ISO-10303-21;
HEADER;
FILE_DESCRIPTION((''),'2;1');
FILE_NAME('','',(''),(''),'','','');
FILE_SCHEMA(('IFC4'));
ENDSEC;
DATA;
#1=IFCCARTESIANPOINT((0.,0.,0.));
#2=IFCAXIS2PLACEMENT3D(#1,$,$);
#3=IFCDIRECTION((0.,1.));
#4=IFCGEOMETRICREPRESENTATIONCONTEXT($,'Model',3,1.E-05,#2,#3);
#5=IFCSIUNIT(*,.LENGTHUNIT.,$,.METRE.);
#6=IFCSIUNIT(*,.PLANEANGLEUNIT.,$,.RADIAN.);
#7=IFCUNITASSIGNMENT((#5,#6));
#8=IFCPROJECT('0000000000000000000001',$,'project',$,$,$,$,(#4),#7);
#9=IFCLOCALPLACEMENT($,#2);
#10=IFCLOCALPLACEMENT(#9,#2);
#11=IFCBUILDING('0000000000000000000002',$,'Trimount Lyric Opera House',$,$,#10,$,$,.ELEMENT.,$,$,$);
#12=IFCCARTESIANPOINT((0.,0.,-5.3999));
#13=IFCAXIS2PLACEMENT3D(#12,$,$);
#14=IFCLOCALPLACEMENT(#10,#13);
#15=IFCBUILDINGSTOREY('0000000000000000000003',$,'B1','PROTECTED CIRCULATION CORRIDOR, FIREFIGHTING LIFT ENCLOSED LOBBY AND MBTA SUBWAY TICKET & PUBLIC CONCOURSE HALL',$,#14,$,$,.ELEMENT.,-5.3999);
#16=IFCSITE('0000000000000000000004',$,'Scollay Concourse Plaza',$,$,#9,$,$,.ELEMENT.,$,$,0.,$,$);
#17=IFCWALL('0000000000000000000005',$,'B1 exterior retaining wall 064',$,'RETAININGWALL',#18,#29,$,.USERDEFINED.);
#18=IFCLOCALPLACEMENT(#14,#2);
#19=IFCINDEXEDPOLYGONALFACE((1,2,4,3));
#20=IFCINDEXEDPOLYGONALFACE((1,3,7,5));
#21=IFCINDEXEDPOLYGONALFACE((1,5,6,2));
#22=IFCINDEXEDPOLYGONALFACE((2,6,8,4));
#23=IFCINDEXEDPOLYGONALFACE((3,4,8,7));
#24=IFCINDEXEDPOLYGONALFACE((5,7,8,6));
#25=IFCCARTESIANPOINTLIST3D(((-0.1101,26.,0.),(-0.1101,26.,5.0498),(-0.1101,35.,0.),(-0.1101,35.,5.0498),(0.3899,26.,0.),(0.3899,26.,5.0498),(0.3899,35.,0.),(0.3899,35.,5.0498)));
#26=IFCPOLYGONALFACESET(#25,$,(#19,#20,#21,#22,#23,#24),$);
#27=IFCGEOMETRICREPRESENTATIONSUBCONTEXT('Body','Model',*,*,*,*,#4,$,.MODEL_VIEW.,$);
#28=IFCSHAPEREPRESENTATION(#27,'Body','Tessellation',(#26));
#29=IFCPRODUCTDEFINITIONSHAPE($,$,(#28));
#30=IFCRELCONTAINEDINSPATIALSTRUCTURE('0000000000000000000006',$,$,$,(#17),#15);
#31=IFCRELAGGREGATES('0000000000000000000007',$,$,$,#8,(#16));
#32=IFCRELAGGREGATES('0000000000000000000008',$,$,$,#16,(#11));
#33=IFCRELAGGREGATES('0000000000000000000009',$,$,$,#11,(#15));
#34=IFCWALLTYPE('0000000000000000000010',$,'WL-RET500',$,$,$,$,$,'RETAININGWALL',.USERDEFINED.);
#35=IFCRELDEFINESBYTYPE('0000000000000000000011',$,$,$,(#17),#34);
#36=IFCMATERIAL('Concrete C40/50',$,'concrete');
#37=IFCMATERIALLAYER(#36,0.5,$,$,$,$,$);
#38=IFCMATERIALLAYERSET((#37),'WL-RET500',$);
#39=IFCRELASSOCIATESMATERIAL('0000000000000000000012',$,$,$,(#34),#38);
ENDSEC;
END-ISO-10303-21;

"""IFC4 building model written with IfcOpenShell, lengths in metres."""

from ifc_helpers import new_model, si_unit, direction, frame, frame_2d, origin, place, context, subcontext, project, spatial, rectangle, extrude, material, layer, layer_set, type_object, element, save


model = new_model("IFC4")

# Units and contexts
model_context = context("Model", 3, precision=1e-05, world=origin(), true_north=direction((0.0, 1.0)))
body_context = subcontext(model_context, "Body", "Model", "MODEL_VIEW")
ifc_project = project(units=[si_unit("LENGTHUNIT", "METRE"), si_unit("PLANEANGLEUNIT", "RADIAN")], contexts=[model_context])

# Site, building, storey
site_placement = place(None, origin())
site = spatial("IfcSite", under=ifc_project, at=site_placement, Name="Scollay Concourse Plaza", CompositionType="ELEMENT", RefElevation=0.0)
building_placement = place(site_placement, origin())
building = spatial("IfcBuilding", under=site, at=building_placement, Name="Trimount Lyric Opera House", CompositionType="ELEMENT")
storey_placement = place(building_placement, frame((0.0, 0.0, -5.3999)))
storey = spatial("IfcBuildingStorey", under=building, at=storey_placement, Name="B1", Description="PROTECTED CIRCULATION CORRIDOR, FIREFIGHTING LIFT ENCLOSED LOBBY AND MBTA SUBWAY TICKET & PUBLIC CONCOURSE HALL", CompositionType="ELEMENT", Elevation=-5.3999)

# Wall
ifc_material_1 = material(Name="Concrete C40/50", Category="concrete")
ifc_layer_1 = layer(ifc_material_1, 0.5)
ifc_layer_set_1 = layer_set([ifc_layer_1], Name="WL-RET500")
wall_type_1 = type_object("IfcWallType", Name="WL-RET500", ElementType="RETAININGWALL", PredefinedType="USERDEFINED", material=ifc_layer_set_1)
wall_1_placement = place(storey_placement, frame((0.1399, 26.0, 0.0), z_axis=(0.0, 0.0, 1.0), x_axis=(0.0, 1.0, 0.0)))
element("IfcWall", 1, at=wall_1_placement, inside=storey, type_object=wall_type_1, Name="B1 exterior retaining wall 064", ObjectType="RETAININGWALL", PredefinedType="USERDEFINED", context=body_context, shape_type="SweptSolid", body=[
    extrude(rectangle(XDim=9.0, YDim=0.5, at=frame_2d((4.5, 0.0))), origin(), (0.0, 0.0, 1.0), 5.0498),
])

save(model, "model.ifc")
